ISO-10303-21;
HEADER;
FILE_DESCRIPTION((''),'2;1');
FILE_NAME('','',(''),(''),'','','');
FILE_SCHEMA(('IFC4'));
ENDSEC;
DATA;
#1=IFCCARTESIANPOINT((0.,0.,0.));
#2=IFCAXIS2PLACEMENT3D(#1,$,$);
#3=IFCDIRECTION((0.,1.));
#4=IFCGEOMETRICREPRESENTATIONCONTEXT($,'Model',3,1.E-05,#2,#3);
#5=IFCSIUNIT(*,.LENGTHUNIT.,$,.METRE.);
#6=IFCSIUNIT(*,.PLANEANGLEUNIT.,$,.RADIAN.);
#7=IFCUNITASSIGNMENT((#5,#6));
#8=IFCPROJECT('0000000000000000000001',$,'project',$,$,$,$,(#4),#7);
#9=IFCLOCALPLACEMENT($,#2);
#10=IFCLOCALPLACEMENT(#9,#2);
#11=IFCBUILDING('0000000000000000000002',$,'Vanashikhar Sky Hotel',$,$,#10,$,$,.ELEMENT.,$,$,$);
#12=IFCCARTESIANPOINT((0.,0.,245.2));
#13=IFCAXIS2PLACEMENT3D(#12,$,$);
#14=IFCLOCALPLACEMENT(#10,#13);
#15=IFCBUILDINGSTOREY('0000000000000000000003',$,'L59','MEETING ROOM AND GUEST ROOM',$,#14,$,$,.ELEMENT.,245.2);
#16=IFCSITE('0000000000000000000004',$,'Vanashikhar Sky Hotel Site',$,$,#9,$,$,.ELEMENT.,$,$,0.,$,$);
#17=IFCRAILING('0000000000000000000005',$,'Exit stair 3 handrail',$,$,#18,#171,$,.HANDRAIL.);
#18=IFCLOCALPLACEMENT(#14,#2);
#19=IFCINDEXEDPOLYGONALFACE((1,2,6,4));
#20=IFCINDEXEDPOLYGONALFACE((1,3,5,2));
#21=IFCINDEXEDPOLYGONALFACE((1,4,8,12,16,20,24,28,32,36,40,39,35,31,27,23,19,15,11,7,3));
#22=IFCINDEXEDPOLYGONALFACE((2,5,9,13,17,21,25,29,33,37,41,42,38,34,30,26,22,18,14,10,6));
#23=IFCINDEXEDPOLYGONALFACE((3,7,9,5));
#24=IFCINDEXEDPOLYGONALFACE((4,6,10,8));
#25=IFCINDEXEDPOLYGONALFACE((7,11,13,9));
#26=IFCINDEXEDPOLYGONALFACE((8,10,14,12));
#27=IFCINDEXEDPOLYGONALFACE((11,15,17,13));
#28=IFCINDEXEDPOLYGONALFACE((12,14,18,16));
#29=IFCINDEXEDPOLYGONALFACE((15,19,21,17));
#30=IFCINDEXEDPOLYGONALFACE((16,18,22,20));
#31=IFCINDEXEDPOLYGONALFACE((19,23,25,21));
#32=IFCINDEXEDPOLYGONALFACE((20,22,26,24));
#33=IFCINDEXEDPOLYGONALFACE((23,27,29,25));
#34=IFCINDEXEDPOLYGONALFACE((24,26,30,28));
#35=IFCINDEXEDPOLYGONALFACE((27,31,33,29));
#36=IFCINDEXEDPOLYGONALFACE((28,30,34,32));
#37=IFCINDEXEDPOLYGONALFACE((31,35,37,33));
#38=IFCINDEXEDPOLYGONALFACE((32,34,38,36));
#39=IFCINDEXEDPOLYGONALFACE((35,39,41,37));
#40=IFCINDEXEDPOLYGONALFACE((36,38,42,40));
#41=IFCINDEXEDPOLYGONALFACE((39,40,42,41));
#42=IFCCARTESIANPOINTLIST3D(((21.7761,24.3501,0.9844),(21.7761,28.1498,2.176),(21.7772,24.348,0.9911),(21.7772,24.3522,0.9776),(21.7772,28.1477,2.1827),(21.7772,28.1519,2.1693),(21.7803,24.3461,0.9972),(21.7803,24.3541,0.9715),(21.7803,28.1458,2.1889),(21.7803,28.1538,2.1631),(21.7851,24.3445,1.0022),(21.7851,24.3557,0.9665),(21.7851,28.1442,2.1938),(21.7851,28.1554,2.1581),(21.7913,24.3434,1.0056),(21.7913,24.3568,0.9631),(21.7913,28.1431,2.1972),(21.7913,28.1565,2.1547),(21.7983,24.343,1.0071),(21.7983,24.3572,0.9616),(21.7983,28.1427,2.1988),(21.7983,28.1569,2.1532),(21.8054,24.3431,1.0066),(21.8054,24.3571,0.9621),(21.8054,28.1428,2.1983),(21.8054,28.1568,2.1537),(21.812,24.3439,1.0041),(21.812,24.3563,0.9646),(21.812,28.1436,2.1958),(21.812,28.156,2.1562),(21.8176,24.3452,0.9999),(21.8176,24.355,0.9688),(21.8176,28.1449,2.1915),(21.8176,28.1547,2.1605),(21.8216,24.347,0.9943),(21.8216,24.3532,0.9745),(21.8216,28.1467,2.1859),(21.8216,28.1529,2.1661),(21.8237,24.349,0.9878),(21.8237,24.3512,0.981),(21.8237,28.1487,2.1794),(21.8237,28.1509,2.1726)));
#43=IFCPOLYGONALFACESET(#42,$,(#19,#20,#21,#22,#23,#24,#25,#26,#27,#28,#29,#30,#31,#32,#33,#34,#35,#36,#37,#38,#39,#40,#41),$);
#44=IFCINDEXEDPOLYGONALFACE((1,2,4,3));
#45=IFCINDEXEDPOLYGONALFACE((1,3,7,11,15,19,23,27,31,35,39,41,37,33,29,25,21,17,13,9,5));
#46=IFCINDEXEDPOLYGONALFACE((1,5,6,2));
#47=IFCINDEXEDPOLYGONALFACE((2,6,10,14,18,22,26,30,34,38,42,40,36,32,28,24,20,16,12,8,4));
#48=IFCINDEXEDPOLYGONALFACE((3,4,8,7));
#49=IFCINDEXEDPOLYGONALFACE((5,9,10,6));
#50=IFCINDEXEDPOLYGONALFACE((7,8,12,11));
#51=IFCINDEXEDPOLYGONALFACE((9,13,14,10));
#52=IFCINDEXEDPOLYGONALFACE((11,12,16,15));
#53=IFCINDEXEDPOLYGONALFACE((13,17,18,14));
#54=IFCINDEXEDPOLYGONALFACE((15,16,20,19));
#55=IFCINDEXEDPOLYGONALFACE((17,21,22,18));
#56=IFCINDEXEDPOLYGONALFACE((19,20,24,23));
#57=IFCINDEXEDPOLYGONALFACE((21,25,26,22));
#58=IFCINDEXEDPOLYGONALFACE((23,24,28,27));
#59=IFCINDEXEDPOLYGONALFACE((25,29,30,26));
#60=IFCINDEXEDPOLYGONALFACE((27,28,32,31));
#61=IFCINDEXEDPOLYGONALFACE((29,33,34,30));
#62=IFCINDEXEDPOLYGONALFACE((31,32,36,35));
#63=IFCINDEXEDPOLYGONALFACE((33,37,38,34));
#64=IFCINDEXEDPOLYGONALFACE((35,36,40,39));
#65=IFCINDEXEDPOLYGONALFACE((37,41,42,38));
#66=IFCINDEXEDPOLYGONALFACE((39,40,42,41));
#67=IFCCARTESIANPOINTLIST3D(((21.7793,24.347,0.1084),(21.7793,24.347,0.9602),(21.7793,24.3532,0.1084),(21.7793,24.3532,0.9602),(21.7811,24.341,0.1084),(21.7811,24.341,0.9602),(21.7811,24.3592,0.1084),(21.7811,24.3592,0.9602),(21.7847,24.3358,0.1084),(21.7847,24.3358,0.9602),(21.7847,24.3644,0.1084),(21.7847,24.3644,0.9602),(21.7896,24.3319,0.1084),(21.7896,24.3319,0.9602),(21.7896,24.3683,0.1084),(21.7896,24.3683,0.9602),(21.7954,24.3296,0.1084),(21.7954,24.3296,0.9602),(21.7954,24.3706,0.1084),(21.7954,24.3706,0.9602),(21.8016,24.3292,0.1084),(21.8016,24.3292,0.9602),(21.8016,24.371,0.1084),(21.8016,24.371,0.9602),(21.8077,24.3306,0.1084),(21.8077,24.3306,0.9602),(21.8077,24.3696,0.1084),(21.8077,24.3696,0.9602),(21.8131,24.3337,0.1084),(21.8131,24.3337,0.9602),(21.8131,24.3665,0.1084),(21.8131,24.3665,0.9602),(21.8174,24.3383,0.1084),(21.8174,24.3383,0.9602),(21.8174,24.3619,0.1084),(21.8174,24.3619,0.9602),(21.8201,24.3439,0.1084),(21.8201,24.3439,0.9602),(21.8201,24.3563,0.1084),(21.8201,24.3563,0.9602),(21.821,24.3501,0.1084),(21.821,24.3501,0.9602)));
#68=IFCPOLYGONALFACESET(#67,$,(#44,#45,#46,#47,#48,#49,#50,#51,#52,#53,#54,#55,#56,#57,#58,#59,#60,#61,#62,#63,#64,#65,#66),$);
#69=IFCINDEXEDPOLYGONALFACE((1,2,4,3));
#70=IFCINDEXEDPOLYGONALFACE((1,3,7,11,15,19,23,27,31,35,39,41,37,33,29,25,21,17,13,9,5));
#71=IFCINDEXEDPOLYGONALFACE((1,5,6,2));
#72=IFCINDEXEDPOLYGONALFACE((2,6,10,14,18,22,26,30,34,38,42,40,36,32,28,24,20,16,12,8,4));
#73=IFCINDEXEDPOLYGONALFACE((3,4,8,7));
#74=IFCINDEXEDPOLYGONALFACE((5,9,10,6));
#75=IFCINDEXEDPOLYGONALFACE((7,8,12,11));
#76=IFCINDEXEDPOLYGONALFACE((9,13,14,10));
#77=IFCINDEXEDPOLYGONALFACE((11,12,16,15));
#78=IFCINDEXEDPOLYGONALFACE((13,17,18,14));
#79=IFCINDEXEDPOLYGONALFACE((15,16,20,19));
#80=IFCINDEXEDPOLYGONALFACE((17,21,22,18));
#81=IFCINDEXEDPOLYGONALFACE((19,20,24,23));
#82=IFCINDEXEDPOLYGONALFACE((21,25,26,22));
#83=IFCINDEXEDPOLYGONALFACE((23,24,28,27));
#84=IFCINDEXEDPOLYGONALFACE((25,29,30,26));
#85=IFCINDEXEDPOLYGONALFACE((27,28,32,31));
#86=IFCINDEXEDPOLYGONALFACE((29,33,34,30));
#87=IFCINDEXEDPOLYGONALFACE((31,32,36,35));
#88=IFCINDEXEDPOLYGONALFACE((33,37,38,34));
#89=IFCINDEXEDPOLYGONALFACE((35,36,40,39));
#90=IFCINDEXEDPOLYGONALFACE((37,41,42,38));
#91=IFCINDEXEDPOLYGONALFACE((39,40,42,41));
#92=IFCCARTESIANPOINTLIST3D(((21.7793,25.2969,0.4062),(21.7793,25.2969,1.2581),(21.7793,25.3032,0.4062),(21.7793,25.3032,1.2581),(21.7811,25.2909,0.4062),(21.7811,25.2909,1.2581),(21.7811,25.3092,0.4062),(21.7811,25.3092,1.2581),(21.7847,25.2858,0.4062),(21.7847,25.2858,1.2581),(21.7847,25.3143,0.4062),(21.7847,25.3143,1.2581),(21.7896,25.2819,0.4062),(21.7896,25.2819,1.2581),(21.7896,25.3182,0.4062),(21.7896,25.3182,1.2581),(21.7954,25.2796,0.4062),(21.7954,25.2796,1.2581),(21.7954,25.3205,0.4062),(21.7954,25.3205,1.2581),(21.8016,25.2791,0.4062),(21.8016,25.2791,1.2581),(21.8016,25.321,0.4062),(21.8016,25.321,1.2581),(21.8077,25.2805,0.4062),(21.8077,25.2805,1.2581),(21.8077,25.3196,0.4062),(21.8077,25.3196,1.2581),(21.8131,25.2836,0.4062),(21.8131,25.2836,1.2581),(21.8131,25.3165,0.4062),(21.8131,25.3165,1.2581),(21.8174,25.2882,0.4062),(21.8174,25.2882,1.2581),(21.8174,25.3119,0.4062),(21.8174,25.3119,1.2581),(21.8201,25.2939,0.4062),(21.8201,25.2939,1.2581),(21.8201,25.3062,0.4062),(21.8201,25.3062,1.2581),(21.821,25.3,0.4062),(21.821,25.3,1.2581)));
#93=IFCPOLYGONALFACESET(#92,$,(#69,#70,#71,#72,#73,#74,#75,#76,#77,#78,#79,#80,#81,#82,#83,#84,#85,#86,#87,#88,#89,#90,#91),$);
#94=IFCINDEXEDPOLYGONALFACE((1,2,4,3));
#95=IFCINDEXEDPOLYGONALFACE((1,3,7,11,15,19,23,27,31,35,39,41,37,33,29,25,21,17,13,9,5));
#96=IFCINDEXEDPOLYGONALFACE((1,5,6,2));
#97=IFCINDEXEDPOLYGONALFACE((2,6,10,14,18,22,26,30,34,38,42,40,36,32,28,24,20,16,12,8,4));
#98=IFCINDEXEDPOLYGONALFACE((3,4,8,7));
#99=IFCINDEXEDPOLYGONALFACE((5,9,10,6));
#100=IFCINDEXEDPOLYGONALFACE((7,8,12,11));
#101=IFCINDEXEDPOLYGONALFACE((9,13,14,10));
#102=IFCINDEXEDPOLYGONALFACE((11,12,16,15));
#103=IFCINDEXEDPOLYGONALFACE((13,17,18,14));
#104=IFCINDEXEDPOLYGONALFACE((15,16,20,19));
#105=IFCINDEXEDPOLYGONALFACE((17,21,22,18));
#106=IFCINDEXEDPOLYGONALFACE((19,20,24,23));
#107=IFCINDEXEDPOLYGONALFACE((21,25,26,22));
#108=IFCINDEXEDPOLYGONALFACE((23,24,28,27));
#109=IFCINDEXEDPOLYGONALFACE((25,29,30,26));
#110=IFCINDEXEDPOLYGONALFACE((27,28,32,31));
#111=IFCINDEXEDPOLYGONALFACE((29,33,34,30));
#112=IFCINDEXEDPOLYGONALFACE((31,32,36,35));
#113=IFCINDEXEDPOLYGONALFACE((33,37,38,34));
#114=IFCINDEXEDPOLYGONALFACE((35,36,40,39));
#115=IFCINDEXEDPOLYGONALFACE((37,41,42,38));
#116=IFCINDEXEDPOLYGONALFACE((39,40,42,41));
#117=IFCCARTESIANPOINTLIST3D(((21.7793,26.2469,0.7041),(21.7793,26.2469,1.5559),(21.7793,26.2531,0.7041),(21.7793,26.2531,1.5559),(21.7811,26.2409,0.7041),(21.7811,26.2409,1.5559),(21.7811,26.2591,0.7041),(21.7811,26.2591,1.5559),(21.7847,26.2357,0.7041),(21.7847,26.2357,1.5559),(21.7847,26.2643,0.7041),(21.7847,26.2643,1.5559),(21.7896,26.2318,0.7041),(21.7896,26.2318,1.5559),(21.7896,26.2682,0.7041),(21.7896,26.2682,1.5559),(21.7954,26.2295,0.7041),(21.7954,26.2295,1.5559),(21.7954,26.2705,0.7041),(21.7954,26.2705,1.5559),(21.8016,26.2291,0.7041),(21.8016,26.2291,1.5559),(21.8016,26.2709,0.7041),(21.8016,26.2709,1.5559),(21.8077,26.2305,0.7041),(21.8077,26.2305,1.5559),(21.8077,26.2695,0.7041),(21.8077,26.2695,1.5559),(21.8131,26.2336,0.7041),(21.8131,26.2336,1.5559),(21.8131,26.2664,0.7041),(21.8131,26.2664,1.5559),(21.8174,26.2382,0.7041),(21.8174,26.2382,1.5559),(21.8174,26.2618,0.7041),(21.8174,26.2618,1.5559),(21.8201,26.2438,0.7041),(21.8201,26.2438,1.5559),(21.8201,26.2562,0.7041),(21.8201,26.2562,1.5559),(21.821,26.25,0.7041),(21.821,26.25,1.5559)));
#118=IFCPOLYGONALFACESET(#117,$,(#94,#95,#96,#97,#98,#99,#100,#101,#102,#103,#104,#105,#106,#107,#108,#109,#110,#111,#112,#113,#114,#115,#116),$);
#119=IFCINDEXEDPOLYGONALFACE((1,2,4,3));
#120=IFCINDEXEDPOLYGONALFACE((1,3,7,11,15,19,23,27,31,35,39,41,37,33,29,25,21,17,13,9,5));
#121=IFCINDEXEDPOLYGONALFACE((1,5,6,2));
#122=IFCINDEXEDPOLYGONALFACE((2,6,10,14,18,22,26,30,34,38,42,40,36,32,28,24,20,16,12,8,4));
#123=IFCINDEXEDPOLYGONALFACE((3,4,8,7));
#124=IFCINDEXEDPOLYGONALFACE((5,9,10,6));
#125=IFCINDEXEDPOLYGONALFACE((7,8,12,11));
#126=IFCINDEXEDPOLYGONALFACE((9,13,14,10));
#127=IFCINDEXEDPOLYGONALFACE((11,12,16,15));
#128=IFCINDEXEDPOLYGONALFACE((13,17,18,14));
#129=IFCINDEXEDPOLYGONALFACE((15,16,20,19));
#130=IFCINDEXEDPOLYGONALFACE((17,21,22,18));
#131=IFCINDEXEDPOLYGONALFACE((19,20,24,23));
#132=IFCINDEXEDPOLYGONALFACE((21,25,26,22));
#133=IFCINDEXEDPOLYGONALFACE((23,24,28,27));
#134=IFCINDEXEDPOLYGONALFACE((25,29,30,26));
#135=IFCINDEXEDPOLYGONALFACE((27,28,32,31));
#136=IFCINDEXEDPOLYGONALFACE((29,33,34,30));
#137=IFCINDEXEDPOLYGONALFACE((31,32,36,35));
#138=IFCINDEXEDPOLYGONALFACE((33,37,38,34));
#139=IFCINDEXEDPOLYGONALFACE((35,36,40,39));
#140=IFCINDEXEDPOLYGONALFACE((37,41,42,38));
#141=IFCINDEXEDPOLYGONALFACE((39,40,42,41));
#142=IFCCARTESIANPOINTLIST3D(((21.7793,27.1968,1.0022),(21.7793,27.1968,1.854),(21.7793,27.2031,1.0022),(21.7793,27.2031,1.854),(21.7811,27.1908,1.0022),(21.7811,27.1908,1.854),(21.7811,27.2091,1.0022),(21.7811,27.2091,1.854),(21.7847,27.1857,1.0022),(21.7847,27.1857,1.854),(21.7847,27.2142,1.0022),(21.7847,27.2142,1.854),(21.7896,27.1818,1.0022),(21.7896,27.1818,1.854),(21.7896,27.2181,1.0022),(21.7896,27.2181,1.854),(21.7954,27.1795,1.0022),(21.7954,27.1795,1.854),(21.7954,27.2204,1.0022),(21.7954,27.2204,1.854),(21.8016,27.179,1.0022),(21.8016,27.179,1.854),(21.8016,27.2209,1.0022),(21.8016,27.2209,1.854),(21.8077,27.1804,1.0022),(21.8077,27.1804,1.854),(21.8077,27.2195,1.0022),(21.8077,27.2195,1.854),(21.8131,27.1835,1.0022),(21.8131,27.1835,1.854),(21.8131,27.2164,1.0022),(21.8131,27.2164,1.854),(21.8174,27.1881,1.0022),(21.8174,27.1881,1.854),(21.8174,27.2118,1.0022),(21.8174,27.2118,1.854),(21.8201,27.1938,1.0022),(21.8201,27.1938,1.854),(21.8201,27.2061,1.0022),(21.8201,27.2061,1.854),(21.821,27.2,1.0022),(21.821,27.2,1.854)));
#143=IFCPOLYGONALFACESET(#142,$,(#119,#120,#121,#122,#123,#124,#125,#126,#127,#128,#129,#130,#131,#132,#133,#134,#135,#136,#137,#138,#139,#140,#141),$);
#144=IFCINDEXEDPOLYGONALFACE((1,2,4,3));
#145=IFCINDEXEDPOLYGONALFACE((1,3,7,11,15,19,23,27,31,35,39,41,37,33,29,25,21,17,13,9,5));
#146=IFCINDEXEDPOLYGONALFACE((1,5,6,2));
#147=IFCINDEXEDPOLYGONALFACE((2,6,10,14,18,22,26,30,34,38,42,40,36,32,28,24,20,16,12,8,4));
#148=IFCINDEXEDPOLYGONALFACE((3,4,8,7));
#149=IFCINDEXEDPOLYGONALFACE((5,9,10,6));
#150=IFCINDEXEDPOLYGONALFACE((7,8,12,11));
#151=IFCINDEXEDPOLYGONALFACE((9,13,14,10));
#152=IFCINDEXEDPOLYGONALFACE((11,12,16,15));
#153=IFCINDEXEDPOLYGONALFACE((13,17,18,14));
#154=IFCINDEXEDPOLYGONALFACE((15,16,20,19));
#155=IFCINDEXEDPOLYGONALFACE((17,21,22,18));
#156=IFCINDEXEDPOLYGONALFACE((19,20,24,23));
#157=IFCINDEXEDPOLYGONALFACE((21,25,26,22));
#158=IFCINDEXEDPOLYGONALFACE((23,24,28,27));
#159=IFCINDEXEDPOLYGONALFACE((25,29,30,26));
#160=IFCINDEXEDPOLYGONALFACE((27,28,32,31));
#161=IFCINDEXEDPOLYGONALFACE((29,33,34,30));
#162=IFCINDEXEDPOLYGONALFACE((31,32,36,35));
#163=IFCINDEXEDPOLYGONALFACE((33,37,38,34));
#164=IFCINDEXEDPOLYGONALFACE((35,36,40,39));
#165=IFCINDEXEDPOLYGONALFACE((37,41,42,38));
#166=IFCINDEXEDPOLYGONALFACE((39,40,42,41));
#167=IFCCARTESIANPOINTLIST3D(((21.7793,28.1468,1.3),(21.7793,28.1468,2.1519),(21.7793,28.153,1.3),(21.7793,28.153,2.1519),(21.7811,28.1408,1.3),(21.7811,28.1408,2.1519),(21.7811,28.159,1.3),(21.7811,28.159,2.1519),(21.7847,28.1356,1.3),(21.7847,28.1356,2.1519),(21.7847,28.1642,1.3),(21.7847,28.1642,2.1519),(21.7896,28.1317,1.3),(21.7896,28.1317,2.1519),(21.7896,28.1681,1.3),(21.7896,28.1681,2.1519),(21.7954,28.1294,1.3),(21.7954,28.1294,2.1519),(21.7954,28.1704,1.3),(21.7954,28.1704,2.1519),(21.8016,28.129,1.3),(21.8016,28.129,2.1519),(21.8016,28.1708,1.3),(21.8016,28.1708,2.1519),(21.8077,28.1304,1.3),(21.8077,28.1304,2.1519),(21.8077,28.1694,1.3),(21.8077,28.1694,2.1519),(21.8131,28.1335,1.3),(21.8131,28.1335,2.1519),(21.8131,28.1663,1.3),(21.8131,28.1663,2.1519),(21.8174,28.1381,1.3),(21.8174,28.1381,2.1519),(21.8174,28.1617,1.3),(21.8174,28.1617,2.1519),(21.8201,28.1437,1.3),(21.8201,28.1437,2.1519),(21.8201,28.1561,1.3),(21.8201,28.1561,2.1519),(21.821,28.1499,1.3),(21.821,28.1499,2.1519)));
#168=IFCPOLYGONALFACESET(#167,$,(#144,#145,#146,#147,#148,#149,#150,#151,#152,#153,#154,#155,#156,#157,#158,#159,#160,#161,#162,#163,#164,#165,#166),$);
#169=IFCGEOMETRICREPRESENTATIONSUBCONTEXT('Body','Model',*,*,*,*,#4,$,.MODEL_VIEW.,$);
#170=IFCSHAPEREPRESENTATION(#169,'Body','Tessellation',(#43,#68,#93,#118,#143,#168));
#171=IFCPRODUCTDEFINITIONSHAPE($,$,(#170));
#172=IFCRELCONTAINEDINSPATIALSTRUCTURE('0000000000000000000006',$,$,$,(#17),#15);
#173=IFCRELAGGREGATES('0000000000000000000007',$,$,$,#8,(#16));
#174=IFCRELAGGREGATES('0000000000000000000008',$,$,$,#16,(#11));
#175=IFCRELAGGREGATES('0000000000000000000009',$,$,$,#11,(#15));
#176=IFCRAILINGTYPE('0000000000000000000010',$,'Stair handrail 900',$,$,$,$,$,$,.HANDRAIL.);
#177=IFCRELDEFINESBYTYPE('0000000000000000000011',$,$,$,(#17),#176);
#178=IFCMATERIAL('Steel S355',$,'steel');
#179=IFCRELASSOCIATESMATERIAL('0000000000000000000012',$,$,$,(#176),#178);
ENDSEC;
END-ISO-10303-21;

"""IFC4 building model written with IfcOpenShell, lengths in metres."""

from ifc_helpers import new_model, si_unit, direction, frame, origin, origin_2d, place, context, subcontext, project, spatial, circle, extrude, source, transform, mapped, material, type_object, element, save


model = new_model("IFC4")

# Units and contexts
model_context = context("Model", 3, precision=1e-05, world=origin(), true_north=direction((0.0, 1.0)))
body_context = subcontext(model_context, "Body", "Model", "MODEL_VIEW")
ifc_project = project(units=[si_unit("LENGTHUNIT", "METRE"), si_unit("PLANEANGLEUNIT", "RADIAN")], contexts=[model_context])

# Site, building, storey
site_placement = place(None, origin())
site = spatial("IfcSite", under=ifc_project, at=site_placement, Name="Vanashikhar Sky Hotel Site", CompositionType="ELEMENT", RefElevation=0.0)
building_placement = place(site_placement, origin())
building = spatial("IfcBuilding", under=site, at=building_placement, Name="Vanashikhar Sky Hotel", CompositionType="ELEMENT")
storey_placement = place(building_placement, frame((0.0, 0.0, 245.2)))
storey = spatial("IfcBuildingStorey", under=building, at=storey_placement, Name="L59", Description="MEETING ROOM AND GUEST ROOM", CompositionType="ELEMENT", Elevation=245.2)

# Railing
ifc_material_1 = material(Name="Steel S355", Category="steel")
railing_type = type_object("IfcRailingType", Name="Stair handrail 900", PredefinedType="HANDRAIL", material=ifc_material_1)
shared_shape_1 = source(origin(), body_context, "Body", "SweptSolid", [
    extrude(circle(Radius=0.0239, at=origin_2d()), frame((0.0, 0.0, 0.876), z_axis=(0.0, 0.954178, 0.299238), x_axis=(-1.0, 0.0, 0.0)), (0.0, 0.0, 1.0), 3.9822),
    extrude(circle(Radius=0.021, at=origin_2d()), origin(), (0.0, 0.0, 1.0), 0.8518),
    extrude(circle(Radius=0.021, at=origin_2d()), frame((0.0, 0.95, 0.2979)), (0.0, 0.0, 1.0), 0.8518),
    extrude(circle(Radius=0.021, at=origin_2d()), frame((0.0, 1.8999, 0.5957)), (0.0, 0.0, 1.0), 0.8518),
    extrude(circle(Radius=0.021, at=origin_2d()), frame((0.0, 2.8499, 0.8938)), (0.0, 0.0, 1.0), 0.8518),
    extrude(circle(Radius=0.021, at=origin_2d()), frame((0.0, 3.7998, 1.1917)), (0.0, 0.0, 1.0), 0.8518),
])
for number, where, name in (
    (1, (21.8, 24.3501, 0.1084), "Exit stair 3 handrail"),
):
    element("IfcRailing", number, at=place(storey_placement, frame(where)), inside=storey, type_object=railing_type, Name=name, PredefinedType="HANDRAIL", context=body_context, shape_type="MappedRepresentation", body=[
        mapped(shared_shape_1, transform((0.0, 0.0, 0.0), scale=1.0)),
    ])

save(model, "model.ifc")
